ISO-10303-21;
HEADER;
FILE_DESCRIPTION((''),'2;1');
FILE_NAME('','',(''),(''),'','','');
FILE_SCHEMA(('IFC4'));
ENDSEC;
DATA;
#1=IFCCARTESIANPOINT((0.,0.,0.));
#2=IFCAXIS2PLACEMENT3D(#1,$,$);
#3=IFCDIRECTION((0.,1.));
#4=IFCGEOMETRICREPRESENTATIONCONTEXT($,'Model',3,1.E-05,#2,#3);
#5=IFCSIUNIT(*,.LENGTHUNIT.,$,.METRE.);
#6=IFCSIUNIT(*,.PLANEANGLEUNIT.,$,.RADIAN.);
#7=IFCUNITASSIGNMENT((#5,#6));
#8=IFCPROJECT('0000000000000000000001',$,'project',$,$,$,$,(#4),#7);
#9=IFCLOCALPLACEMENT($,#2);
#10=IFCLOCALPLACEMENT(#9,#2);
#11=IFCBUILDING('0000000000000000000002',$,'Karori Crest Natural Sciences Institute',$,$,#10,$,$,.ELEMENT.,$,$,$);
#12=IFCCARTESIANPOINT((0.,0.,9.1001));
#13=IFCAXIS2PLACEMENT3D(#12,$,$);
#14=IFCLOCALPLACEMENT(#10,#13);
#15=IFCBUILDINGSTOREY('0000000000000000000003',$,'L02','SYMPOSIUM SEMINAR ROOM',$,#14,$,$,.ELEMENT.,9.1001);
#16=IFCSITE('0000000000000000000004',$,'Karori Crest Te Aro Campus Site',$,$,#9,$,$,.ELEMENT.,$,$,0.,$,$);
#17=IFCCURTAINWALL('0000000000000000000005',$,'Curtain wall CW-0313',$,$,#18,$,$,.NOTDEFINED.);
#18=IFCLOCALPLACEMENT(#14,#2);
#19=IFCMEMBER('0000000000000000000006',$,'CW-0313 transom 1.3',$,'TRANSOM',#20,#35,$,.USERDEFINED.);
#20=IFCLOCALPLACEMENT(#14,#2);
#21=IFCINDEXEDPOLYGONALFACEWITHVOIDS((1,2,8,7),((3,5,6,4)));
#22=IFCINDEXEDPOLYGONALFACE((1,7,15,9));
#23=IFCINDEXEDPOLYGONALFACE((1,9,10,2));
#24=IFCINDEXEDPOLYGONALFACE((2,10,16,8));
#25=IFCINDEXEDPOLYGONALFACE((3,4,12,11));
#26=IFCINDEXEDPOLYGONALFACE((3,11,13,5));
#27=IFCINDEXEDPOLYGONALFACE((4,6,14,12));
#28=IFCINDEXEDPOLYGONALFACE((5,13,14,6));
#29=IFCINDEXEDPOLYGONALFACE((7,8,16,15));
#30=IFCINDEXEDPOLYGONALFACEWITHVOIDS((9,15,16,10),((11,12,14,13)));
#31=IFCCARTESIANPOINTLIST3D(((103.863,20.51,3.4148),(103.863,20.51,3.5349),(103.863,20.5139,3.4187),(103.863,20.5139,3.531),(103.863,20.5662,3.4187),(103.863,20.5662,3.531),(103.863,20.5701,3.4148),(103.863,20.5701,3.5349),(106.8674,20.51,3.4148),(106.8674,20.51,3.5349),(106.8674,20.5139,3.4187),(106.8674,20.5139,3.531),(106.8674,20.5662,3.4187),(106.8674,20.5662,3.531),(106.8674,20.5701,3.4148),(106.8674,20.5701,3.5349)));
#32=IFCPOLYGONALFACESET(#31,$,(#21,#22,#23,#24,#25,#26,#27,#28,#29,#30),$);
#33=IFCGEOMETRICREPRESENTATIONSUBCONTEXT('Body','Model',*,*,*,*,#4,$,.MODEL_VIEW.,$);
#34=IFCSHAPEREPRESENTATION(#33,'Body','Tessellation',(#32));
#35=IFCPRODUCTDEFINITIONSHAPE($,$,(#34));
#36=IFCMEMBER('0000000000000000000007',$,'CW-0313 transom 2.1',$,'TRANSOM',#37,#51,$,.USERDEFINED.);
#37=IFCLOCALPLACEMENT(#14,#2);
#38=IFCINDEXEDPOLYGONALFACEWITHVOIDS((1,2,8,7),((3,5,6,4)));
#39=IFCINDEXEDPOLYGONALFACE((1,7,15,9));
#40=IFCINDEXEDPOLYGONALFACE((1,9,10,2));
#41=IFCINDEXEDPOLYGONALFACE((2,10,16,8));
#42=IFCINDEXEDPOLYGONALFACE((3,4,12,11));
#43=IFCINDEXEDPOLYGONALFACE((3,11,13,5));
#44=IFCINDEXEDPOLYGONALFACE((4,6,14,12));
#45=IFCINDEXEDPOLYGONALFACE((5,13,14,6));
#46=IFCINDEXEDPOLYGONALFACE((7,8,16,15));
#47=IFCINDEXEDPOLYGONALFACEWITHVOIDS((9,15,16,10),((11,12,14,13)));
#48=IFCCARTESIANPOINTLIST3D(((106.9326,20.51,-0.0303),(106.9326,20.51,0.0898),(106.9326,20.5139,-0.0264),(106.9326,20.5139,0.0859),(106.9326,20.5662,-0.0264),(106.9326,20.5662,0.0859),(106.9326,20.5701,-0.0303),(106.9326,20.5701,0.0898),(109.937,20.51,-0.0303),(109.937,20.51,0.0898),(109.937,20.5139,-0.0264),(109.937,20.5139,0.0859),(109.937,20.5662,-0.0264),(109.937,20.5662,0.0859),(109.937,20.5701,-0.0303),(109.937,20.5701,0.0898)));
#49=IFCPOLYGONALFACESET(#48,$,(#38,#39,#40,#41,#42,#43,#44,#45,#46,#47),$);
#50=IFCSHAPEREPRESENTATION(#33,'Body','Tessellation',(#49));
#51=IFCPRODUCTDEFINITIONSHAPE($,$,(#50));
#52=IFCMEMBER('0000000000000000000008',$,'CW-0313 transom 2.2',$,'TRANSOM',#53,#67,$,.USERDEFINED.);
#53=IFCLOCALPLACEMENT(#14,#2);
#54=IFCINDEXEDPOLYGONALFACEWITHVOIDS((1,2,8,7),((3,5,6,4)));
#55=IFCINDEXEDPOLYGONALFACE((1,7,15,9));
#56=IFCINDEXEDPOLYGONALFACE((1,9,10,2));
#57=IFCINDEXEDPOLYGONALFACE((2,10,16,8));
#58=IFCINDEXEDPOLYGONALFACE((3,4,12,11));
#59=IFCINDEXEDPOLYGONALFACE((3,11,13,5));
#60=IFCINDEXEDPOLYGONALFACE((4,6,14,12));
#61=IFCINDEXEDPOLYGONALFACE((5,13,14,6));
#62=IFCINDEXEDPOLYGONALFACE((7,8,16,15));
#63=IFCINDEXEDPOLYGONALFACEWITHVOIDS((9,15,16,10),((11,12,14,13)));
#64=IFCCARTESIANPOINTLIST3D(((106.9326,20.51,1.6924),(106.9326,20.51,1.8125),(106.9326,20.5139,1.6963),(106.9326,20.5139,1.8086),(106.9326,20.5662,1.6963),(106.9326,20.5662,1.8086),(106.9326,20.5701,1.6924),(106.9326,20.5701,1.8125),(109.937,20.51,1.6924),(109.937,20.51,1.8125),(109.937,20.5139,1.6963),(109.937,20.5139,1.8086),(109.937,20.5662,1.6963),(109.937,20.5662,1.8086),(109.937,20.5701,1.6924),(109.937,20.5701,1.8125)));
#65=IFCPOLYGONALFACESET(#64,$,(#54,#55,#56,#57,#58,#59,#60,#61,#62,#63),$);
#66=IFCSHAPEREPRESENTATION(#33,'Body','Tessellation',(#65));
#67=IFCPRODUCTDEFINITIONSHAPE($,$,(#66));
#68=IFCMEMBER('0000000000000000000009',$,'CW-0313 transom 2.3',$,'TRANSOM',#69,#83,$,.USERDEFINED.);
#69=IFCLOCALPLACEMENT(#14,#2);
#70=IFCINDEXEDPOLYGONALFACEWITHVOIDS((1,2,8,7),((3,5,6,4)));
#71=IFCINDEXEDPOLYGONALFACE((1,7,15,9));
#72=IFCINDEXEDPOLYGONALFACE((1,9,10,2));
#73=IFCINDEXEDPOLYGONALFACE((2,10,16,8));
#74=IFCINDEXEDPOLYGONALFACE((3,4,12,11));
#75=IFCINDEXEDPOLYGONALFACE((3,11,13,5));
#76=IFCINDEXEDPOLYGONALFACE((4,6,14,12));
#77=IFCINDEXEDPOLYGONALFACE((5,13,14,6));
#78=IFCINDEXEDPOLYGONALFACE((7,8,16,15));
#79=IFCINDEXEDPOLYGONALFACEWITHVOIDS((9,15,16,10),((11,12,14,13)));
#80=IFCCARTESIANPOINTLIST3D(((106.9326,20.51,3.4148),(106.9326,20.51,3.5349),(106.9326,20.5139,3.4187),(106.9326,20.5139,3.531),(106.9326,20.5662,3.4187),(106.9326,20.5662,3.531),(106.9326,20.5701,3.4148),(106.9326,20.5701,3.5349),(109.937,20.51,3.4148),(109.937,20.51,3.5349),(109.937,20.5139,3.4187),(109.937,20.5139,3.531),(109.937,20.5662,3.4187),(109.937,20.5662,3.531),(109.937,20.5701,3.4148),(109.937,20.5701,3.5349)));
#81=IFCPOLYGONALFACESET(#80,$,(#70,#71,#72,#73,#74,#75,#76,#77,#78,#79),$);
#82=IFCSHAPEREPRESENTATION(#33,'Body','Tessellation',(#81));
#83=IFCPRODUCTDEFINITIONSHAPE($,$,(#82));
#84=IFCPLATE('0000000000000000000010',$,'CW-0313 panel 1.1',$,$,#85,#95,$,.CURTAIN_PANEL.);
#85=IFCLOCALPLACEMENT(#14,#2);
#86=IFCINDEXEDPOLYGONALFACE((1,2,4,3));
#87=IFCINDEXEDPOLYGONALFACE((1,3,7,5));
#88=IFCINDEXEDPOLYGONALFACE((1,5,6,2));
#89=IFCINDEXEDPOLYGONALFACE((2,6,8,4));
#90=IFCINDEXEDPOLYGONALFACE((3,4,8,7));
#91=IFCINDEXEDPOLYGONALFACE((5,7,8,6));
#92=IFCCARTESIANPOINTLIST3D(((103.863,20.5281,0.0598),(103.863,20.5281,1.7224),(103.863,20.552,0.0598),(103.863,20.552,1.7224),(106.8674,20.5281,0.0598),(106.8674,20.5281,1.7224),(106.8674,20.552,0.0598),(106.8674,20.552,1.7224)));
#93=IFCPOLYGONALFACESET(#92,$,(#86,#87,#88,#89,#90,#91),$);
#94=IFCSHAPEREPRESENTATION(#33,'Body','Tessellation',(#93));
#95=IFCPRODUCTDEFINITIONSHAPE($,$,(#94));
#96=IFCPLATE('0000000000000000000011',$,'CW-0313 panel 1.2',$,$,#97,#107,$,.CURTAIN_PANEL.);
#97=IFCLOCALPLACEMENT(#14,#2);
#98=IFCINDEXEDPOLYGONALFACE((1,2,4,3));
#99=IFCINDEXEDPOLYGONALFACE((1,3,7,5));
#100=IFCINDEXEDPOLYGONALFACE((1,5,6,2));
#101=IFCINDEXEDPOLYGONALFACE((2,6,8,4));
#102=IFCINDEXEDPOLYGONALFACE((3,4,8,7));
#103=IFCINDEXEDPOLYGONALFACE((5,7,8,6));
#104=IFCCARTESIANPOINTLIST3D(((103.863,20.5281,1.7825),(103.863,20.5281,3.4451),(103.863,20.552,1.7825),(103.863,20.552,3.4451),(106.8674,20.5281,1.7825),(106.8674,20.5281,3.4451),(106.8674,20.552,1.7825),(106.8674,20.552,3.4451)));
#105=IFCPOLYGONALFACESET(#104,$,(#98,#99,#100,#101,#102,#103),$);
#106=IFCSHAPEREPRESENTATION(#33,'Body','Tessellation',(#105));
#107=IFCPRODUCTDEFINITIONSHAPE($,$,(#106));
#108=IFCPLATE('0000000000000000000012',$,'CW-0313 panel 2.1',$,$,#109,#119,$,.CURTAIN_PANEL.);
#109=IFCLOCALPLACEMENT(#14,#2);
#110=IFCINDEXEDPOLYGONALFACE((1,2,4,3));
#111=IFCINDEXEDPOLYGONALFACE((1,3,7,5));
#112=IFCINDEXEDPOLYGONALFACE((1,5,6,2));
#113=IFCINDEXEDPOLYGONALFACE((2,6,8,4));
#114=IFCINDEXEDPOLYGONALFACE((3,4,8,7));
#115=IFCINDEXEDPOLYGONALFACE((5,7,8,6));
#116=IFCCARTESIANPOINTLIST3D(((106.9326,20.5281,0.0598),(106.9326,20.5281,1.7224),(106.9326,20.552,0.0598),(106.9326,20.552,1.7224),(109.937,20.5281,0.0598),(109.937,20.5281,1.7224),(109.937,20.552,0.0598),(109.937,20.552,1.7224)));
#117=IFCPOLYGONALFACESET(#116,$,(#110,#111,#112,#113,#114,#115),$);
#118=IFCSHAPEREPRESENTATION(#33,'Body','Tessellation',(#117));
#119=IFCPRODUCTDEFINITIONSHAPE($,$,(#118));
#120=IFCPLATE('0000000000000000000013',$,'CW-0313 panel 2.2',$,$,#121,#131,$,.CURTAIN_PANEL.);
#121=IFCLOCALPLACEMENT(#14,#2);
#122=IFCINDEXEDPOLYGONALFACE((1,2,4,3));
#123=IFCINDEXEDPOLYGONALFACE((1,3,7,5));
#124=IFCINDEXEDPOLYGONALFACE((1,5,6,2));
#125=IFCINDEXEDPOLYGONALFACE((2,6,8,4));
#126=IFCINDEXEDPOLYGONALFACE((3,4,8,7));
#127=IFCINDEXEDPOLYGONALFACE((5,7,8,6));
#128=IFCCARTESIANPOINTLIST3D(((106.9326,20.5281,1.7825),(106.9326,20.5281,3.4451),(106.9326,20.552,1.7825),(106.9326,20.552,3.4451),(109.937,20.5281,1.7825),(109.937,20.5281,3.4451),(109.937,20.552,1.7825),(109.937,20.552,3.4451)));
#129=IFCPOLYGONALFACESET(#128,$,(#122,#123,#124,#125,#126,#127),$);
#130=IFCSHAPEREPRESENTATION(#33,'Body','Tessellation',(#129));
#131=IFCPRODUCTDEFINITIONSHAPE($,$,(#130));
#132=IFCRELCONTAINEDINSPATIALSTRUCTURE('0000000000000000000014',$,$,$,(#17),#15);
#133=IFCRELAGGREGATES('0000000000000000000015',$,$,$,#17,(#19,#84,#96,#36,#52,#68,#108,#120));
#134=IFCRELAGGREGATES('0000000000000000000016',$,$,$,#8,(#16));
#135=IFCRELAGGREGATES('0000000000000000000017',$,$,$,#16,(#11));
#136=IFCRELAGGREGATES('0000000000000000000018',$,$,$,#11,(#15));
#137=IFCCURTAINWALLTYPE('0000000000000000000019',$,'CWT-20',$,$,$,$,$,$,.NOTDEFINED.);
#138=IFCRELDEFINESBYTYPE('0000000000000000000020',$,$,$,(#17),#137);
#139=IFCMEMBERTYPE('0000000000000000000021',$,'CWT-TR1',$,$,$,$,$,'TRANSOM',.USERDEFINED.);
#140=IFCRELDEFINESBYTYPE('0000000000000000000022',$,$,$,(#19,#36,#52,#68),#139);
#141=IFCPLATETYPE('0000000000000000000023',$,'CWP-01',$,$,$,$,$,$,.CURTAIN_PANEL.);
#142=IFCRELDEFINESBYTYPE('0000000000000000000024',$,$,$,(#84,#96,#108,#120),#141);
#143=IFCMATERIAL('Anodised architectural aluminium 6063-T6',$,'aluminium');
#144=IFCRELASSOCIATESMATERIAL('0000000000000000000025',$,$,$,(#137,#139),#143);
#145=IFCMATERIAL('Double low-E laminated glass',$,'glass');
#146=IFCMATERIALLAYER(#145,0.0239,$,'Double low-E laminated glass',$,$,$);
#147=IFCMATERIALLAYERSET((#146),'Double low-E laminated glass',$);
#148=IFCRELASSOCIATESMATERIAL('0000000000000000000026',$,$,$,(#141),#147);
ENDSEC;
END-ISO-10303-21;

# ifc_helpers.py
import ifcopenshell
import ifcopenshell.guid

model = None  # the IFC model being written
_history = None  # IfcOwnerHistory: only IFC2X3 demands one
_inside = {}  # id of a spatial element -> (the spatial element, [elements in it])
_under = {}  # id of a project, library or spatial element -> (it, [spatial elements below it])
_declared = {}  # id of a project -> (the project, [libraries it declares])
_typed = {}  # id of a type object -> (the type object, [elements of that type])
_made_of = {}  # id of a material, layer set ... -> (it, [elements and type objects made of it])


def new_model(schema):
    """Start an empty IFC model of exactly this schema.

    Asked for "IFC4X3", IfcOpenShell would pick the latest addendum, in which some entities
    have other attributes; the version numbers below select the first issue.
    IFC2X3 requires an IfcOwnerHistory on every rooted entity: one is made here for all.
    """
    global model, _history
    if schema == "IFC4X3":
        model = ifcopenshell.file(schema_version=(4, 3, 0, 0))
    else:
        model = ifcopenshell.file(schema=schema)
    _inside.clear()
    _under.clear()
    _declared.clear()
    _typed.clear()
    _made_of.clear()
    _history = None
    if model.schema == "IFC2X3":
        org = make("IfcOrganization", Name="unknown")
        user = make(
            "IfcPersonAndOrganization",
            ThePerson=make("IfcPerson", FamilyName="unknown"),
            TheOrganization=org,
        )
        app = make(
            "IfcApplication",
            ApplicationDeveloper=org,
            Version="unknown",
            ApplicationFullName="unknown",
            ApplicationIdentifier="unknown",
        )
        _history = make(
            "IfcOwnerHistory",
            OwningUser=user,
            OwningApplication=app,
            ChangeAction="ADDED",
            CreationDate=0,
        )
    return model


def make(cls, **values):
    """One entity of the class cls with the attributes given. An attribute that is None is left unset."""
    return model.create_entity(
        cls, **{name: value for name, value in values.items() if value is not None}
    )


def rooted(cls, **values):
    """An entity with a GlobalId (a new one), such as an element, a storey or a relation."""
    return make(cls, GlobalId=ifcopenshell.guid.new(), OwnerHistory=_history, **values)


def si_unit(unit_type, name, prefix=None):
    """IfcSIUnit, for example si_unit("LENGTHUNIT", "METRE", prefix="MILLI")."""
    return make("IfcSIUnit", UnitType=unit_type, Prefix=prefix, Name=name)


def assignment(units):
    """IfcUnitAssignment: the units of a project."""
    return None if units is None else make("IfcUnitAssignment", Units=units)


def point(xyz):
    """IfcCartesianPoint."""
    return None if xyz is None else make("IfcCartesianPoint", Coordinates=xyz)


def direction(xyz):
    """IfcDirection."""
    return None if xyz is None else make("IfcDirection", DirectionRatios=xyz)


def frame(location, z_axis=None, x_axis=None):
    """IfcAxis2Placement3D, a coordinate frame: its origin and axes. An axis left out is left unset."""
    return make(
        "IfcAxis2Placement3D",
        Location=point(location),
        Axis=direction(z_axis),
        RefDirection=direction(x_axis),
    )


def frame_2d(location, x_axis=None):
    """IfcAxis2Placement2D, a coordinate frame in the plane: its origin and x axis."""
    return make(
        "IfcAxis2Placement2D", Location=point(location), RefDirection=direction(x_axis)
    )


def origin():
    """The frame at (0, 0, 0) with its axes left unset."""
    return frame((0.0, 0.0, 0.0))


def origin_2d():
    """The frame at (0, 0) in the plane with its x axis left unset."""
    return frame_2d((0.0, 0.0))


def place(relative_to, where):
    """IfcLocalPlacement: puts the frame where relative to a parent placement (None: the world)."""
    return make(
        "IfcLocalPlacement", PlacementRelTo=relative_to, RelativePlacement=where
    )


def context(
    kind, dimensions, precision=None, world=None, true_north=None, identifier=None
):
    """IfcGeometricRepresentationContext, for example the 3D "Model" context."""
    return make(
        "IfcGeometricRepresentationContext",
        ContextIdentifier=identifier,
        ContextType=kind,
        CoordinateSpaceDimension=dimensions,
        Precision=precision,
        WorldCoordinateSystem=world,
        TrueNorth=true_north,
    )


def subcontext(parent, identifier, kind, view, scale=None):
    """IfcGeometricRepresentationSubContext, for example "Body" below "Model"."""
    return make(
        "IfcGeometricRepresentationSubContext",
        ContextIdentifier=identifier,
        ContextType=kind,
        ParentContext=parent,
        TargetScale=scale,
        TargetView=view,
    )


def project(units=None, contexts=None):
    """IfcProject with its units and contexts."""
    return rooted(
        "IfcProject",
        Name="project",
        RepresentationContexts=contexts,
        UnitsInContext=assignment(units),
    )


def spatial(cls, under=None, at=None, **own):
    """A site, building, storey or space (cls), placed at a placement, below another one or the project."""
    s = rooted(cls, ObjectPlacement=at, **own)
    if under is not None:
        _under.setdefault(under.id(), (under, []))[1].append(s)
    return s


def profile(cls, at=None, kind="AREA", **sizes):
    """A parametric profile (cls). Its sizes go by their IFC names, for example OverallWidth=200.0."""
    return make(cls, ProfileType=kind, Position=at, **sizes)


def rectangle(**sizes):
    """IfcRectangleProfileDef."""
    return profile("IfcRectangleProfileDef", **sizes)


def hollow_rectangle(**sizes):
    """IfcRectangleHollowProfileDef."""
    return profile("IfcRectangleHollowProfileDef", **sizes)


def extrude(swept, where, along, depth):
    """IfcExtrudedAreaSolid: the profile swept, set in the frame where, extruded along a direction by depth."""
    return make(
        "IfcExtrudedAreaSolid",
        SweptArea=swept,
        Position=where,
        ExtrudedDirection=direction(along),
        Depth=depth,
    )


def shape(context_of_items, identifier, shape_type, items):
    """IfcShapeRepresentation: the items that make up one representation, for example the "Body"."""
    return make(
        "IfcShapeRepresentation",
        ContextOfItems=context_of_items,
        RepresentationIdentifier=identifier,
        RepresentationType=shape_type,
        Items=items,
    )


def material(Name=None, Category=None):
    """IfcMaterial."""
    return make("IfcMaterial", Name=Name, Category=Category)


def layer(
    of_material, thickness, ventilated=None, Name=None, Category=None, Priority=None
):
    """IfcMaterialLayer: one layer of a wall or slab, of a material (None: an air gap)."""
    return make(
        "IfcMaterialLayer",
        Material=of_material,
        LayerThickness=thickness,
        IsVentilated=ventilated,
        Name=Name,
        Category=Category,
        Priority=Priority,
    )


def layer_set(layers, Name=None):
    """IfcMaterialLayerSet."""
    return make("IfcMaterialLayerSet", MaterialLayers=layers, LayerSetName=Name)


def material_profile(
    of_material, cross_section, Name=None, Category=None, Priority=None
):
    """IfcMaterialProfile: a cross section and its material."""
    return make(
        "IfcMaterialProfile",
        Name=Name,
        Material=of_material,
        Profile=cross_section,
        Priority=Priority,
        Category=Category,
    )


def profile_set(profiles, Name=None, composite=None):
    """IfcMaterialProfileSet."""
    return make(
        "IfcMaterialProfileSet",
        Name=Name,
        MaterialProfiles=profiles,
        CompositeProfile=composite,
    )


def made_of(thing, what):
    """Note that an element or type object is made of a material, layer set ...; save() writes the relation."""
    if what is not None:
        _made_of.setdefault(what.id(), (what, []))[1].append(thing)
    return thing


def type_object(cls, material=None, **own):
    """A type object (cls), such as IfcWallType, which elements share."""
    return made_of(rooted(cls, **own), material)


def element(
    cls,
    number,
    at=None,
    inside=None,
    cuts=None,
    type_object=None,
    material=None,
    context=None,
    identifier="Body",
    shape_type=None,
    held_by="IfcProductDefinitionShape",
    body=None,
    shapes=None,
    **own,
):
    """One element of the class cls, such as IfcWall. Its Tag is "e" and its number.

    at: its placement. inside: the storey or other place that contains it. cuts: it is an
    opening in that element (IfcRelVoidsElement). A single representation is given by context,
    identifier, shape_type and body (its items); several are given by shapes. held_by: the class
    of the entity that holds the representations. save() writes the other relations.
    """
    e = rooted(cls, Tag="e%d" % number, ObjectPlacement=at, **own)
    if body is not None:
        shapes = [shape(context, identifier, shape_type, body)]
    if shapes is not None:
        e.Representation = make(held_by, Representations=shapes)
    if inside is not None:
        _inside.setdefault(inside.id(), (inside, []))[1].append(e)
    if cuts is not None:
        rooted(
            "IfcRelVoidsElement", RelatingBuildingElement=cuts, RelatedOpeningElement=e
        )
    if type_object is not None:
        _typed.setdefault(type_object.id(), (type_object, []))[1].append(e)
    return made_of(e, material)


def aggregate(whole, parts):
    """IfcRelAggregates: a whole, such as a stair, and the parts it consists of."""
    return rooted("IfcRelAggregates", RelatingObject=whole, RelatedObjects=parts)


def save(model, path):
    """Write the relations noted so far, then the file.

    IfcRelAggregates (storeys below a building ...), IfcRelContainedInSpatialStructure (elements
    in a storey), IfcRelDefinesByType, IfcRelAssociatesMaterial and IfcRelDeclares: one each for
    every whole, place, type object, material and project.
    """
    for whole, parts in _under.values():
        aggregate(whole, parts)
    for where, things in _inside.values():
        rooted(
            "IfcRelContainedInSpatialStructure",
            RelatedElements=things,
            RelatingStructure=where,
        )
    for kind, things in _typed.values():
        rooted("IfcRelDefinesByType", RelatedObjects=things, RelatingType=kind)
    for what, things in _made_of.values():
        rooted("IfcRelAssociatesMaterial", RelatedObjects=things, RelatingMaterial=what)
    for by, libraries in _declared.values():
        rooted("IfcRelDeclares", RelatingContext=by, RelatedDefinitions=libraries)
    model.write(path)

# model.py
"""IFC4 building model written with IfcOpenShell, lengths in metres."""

from ifc_helpers import new_model, si_unit, direction, frame, origin, origin_2d, place, context, subcontext, project, spatial, rectangle, hollow_rectangle, extrude, material, layer, layer_set, material_profile, profile_set, type_object, element, aggregate, save


model = new_model("IFC4")

# Units and contexts
model_context = context("Model", 3, precision=1e-05, world=origin(), true_north=direction((0.0, 1.0)))
body_context = subcontext(model_context, "Body", "Model", "MODEL_VIEW")
ifc_project = project(units=[si_unit("LENGTHUNIT", "METRE"), si_unit("PLANEANGLEUNIT", "RADIAN")], contexts=[model_context])

# Site, building, storey
site_placement = place(None, origin())
site = spatial("IfcSite", under=ifc_project, at=site_placement, Name="Karori Crest Te Aro Campus Site", CompositionType="ELEMENT", RefElevation=0.0)
building_placement = place(site_placement, origin())
building = spatial("IfcBuilding", under=site, at=building_placement, Name="Karori Crest Natural Sciences Institute", CompositionType="ELEMENT")
storey_placement = place(building_placement, frame((0.0, 0.0, 9.1001)))
storey = spatial("IfcBuildingStorey", under=building, at=storey_placement, Name="L02", Description="SYMPOSIUM SEMINAR ROOM", CompositionType="ELEMENT", Elevation=9.1001)

# Curtain wall, members, plates
ifc_material_1 = material(Name="Anodised architectural aluminium 6063-T6", Category="aluminium")
curtain_wall_type = type_object("IfcCurtainWallType", Name="CWT-20", PredefinedType="NOTDEFINED", material=ifc_material_1)
curtain_wall_placement = place(storey_placement, origin())
curtain_wall = element("IfcCurtainWall", 1, at=curtain_wall_placement, inside=storey, type_object=curtain_wall_type, Name="Curtain wall CW-0313", PredefinedType="NOTDEFINED")
ifc_material_profile_1 = material_profile(ifc_material_1, hollow_rectangle(XDim=0.0601, YDim=0.1201, WallThickness=0.0039, at=origin_2d()), Name="CWT120x60x4")
ifc_profile_set_1 = profile_set([ifc_material_profile_1], Name="Anodised architectural aluminium 6063-T6")
member_type_1 = type_object("IfcMemberType", Name="CWT-TR1", ElementType="TRANSOM", PredefinedType="USERDEFINED", material=ifc_profile_set_1)
member_1_placement = place(storey_placement, frame((103.863, 20.54, 3.4749), z_axis=(1.0, 0.0, 0.0), x_axis=(0.0, 1.0, 0.0)))
member_1 = element("IfcMember", 2, at=member_1_placement, type_object=member_type_1, Name="CW-0313 transom 1.3", ObjectType="TRANSOM", PredefinedType="USERDEFINED", context=body_context, shape_type="SweptSolid", body=[
    extrude(hollow_rectangle(XDim=0.0601, YDim=0.1201, WallThickness=0.0039, at=origin_2d()), origin(), (0.0, 0.0, 1.0), 3.0044),
])
member_2_placement = place(storey_placement, frame((106.9326, 20.54, 0.0298), z_axis=(1.0, 0.0, 0.0), x_axis=(0.0, 1.0, 0.0)))
member_2 = element("IfcMember", 3, at=member_2_placement, type_object=member_type_1, Name="CW-0313 transom 2.1", ObjectType="TRANSOM", PredefinedType="USERDEFINED", context=body_context, shape_type="SweptSolid", body=[
    extrude(hollow_rectangle(XDim=0.0601, YDim=0.1201, WallThickness=0.0039, at=origin_2d()), origin(), (0.0, 0.0, 1.0), 3.0044),
])
member_3_placement = place(storey_placement, frame((106.9326, 20.54, 1.7524), z_axis=(1.0, 0.0, 0.0), x_axis=(0.0, 1.0, 0.0)))
member_3 = element("IfcMember", 4, at=member_3_placement, type_object=member_type_1, Name="CW-0313 transom 2.2", ObjectType="TRANSOM", PredefinedType="USERDEFINED", context=body_context, shape_type="SweptSolid", body=[
    extrude(hollow_rectangle(XDim=0.0601, YDim=0.1201, WallThickness=0.0039, at=origin_2d()), origin(), (0.0, 0.0, 1.0), 3.0044),
])
member_4_placement = place(storey_placement, frame((106.9326, 20.54, 3.4749), z_axis=(1.0, 0.0, 0.0), x_axis=(0.0, 1.0, 0.0)))
member_4 = element("IfcMember", 5, at=member_4_placement, type_object=member_type_1, Name="CW-0313 transom 2.3", ObjectType="TRANSOM", PredefinedType="USERDEFINED", context=body_context, shape_type="SweptSolid", body=[
    extrude(hollow_rectangle(XDim=0.0601, YDim=0.1201, WallThickness=0.0039, at=origin_2d()), origin(), (0.0, 0.0, 1.0), 3.0044),
])
ifc_material_2 = material(Name="Double low-E laminated glass", Category="glass")
ifc_layer = layer(ifc_material_2, 0.0239, Name="Double low-E laminated glass")
ifc_layer_set = layer_set([ifc_layer], Name="Double low-E laminated glass")
plate_type = type_object("IfcPlateType", Name="CWP-01", PredefinedType="CURTAIN_PANEL", material=ifc_layer_set)
plate_1_placement = place(storey_placement, frame((105.3652, 20.54, 0.0598), z_axis=(0.0, 0.0, 1.0), x_axis=(1.0, 0.0, 0.0)))
plate_1 = element("IfcPlate", 6, at=plate_1_placement, type_object=plate_type, Name="CW-0313 panel 1.1", PredefinedType="CURTAIN_PANEL", context=body_context, shape_type="SweptSolid", body=[
    extrude(rectangle(XDim=3.0044, YDim=0.0239, at=origin_2d()), origin(), (0.0, 0.0, 1.0), 1.6626),
])
plate_2_placement = place(storey_placement, frame((105.3652, 20.54, 1.7825), z_axis=(0.0, 0.0, 1.0), x_axis=(1.0, 0.0, 0.0)))
plate_2 = element("IfcPlate", 7, at=plate_2_placement, type_object=plate_type, Name="CW-0313 panel 1.2", PredefinedType="CURTAIN_PANEL", context=body_context, shape_type="SweptSolid", body=[
    extrude(rectangle(XDim=3.0044, YDim=0.0239, at=origin_2d()), origin(), (0.0, 0.0, 1.0), 1.6626),
])
plate_3_placement = place(storey_placement, frame((108.4348, 20.54, 0.0598), z_axis=(0.0, 0.0, 1.0), x_axis=(1.0, 0.0, 0.0)))
plate_3 = element("IfcPlate", 8, at=plate_3_placement, type_object=plate_type, Name="CW-0313 panel 2.1", PredefinedType="CURTAIN_PANEL", context=body_context, shape_type="SweptSolid", body=[
    extrude(rectangle(XDim=3.0044, YDim=0.0239, at=origin_2d()), origin(), (0.0, 0.0, 1.0), 1.6626),
])
plate_4_placement = place(storey_placement, frame((108.4348, 20.54, 1.7825), z_axis=(0.0, 0.0, 1.0), x_axis=(1.0, 0.0, 0.0)))
plate_4 = element("IfcPlate", 9, at=plate_4_placement, type_object=plate_type, Name="CW-0313 panel 2.2", PredefinedType="CURTAIN_PANEL", context=body_context, shape_type="SweptSolid", body=[
    extrude(rectangle(XDim=3.0044, YDim=0.0239, at=origin_2d()), origin(), (0.0, 0.0, 1.0), 1.6626),
])
aggregate(curtain_wall, [member_1, plate_1, plate_2, member_2, member_3, member_4, plate_3, plate_4])

save(model, "model.ifc")
